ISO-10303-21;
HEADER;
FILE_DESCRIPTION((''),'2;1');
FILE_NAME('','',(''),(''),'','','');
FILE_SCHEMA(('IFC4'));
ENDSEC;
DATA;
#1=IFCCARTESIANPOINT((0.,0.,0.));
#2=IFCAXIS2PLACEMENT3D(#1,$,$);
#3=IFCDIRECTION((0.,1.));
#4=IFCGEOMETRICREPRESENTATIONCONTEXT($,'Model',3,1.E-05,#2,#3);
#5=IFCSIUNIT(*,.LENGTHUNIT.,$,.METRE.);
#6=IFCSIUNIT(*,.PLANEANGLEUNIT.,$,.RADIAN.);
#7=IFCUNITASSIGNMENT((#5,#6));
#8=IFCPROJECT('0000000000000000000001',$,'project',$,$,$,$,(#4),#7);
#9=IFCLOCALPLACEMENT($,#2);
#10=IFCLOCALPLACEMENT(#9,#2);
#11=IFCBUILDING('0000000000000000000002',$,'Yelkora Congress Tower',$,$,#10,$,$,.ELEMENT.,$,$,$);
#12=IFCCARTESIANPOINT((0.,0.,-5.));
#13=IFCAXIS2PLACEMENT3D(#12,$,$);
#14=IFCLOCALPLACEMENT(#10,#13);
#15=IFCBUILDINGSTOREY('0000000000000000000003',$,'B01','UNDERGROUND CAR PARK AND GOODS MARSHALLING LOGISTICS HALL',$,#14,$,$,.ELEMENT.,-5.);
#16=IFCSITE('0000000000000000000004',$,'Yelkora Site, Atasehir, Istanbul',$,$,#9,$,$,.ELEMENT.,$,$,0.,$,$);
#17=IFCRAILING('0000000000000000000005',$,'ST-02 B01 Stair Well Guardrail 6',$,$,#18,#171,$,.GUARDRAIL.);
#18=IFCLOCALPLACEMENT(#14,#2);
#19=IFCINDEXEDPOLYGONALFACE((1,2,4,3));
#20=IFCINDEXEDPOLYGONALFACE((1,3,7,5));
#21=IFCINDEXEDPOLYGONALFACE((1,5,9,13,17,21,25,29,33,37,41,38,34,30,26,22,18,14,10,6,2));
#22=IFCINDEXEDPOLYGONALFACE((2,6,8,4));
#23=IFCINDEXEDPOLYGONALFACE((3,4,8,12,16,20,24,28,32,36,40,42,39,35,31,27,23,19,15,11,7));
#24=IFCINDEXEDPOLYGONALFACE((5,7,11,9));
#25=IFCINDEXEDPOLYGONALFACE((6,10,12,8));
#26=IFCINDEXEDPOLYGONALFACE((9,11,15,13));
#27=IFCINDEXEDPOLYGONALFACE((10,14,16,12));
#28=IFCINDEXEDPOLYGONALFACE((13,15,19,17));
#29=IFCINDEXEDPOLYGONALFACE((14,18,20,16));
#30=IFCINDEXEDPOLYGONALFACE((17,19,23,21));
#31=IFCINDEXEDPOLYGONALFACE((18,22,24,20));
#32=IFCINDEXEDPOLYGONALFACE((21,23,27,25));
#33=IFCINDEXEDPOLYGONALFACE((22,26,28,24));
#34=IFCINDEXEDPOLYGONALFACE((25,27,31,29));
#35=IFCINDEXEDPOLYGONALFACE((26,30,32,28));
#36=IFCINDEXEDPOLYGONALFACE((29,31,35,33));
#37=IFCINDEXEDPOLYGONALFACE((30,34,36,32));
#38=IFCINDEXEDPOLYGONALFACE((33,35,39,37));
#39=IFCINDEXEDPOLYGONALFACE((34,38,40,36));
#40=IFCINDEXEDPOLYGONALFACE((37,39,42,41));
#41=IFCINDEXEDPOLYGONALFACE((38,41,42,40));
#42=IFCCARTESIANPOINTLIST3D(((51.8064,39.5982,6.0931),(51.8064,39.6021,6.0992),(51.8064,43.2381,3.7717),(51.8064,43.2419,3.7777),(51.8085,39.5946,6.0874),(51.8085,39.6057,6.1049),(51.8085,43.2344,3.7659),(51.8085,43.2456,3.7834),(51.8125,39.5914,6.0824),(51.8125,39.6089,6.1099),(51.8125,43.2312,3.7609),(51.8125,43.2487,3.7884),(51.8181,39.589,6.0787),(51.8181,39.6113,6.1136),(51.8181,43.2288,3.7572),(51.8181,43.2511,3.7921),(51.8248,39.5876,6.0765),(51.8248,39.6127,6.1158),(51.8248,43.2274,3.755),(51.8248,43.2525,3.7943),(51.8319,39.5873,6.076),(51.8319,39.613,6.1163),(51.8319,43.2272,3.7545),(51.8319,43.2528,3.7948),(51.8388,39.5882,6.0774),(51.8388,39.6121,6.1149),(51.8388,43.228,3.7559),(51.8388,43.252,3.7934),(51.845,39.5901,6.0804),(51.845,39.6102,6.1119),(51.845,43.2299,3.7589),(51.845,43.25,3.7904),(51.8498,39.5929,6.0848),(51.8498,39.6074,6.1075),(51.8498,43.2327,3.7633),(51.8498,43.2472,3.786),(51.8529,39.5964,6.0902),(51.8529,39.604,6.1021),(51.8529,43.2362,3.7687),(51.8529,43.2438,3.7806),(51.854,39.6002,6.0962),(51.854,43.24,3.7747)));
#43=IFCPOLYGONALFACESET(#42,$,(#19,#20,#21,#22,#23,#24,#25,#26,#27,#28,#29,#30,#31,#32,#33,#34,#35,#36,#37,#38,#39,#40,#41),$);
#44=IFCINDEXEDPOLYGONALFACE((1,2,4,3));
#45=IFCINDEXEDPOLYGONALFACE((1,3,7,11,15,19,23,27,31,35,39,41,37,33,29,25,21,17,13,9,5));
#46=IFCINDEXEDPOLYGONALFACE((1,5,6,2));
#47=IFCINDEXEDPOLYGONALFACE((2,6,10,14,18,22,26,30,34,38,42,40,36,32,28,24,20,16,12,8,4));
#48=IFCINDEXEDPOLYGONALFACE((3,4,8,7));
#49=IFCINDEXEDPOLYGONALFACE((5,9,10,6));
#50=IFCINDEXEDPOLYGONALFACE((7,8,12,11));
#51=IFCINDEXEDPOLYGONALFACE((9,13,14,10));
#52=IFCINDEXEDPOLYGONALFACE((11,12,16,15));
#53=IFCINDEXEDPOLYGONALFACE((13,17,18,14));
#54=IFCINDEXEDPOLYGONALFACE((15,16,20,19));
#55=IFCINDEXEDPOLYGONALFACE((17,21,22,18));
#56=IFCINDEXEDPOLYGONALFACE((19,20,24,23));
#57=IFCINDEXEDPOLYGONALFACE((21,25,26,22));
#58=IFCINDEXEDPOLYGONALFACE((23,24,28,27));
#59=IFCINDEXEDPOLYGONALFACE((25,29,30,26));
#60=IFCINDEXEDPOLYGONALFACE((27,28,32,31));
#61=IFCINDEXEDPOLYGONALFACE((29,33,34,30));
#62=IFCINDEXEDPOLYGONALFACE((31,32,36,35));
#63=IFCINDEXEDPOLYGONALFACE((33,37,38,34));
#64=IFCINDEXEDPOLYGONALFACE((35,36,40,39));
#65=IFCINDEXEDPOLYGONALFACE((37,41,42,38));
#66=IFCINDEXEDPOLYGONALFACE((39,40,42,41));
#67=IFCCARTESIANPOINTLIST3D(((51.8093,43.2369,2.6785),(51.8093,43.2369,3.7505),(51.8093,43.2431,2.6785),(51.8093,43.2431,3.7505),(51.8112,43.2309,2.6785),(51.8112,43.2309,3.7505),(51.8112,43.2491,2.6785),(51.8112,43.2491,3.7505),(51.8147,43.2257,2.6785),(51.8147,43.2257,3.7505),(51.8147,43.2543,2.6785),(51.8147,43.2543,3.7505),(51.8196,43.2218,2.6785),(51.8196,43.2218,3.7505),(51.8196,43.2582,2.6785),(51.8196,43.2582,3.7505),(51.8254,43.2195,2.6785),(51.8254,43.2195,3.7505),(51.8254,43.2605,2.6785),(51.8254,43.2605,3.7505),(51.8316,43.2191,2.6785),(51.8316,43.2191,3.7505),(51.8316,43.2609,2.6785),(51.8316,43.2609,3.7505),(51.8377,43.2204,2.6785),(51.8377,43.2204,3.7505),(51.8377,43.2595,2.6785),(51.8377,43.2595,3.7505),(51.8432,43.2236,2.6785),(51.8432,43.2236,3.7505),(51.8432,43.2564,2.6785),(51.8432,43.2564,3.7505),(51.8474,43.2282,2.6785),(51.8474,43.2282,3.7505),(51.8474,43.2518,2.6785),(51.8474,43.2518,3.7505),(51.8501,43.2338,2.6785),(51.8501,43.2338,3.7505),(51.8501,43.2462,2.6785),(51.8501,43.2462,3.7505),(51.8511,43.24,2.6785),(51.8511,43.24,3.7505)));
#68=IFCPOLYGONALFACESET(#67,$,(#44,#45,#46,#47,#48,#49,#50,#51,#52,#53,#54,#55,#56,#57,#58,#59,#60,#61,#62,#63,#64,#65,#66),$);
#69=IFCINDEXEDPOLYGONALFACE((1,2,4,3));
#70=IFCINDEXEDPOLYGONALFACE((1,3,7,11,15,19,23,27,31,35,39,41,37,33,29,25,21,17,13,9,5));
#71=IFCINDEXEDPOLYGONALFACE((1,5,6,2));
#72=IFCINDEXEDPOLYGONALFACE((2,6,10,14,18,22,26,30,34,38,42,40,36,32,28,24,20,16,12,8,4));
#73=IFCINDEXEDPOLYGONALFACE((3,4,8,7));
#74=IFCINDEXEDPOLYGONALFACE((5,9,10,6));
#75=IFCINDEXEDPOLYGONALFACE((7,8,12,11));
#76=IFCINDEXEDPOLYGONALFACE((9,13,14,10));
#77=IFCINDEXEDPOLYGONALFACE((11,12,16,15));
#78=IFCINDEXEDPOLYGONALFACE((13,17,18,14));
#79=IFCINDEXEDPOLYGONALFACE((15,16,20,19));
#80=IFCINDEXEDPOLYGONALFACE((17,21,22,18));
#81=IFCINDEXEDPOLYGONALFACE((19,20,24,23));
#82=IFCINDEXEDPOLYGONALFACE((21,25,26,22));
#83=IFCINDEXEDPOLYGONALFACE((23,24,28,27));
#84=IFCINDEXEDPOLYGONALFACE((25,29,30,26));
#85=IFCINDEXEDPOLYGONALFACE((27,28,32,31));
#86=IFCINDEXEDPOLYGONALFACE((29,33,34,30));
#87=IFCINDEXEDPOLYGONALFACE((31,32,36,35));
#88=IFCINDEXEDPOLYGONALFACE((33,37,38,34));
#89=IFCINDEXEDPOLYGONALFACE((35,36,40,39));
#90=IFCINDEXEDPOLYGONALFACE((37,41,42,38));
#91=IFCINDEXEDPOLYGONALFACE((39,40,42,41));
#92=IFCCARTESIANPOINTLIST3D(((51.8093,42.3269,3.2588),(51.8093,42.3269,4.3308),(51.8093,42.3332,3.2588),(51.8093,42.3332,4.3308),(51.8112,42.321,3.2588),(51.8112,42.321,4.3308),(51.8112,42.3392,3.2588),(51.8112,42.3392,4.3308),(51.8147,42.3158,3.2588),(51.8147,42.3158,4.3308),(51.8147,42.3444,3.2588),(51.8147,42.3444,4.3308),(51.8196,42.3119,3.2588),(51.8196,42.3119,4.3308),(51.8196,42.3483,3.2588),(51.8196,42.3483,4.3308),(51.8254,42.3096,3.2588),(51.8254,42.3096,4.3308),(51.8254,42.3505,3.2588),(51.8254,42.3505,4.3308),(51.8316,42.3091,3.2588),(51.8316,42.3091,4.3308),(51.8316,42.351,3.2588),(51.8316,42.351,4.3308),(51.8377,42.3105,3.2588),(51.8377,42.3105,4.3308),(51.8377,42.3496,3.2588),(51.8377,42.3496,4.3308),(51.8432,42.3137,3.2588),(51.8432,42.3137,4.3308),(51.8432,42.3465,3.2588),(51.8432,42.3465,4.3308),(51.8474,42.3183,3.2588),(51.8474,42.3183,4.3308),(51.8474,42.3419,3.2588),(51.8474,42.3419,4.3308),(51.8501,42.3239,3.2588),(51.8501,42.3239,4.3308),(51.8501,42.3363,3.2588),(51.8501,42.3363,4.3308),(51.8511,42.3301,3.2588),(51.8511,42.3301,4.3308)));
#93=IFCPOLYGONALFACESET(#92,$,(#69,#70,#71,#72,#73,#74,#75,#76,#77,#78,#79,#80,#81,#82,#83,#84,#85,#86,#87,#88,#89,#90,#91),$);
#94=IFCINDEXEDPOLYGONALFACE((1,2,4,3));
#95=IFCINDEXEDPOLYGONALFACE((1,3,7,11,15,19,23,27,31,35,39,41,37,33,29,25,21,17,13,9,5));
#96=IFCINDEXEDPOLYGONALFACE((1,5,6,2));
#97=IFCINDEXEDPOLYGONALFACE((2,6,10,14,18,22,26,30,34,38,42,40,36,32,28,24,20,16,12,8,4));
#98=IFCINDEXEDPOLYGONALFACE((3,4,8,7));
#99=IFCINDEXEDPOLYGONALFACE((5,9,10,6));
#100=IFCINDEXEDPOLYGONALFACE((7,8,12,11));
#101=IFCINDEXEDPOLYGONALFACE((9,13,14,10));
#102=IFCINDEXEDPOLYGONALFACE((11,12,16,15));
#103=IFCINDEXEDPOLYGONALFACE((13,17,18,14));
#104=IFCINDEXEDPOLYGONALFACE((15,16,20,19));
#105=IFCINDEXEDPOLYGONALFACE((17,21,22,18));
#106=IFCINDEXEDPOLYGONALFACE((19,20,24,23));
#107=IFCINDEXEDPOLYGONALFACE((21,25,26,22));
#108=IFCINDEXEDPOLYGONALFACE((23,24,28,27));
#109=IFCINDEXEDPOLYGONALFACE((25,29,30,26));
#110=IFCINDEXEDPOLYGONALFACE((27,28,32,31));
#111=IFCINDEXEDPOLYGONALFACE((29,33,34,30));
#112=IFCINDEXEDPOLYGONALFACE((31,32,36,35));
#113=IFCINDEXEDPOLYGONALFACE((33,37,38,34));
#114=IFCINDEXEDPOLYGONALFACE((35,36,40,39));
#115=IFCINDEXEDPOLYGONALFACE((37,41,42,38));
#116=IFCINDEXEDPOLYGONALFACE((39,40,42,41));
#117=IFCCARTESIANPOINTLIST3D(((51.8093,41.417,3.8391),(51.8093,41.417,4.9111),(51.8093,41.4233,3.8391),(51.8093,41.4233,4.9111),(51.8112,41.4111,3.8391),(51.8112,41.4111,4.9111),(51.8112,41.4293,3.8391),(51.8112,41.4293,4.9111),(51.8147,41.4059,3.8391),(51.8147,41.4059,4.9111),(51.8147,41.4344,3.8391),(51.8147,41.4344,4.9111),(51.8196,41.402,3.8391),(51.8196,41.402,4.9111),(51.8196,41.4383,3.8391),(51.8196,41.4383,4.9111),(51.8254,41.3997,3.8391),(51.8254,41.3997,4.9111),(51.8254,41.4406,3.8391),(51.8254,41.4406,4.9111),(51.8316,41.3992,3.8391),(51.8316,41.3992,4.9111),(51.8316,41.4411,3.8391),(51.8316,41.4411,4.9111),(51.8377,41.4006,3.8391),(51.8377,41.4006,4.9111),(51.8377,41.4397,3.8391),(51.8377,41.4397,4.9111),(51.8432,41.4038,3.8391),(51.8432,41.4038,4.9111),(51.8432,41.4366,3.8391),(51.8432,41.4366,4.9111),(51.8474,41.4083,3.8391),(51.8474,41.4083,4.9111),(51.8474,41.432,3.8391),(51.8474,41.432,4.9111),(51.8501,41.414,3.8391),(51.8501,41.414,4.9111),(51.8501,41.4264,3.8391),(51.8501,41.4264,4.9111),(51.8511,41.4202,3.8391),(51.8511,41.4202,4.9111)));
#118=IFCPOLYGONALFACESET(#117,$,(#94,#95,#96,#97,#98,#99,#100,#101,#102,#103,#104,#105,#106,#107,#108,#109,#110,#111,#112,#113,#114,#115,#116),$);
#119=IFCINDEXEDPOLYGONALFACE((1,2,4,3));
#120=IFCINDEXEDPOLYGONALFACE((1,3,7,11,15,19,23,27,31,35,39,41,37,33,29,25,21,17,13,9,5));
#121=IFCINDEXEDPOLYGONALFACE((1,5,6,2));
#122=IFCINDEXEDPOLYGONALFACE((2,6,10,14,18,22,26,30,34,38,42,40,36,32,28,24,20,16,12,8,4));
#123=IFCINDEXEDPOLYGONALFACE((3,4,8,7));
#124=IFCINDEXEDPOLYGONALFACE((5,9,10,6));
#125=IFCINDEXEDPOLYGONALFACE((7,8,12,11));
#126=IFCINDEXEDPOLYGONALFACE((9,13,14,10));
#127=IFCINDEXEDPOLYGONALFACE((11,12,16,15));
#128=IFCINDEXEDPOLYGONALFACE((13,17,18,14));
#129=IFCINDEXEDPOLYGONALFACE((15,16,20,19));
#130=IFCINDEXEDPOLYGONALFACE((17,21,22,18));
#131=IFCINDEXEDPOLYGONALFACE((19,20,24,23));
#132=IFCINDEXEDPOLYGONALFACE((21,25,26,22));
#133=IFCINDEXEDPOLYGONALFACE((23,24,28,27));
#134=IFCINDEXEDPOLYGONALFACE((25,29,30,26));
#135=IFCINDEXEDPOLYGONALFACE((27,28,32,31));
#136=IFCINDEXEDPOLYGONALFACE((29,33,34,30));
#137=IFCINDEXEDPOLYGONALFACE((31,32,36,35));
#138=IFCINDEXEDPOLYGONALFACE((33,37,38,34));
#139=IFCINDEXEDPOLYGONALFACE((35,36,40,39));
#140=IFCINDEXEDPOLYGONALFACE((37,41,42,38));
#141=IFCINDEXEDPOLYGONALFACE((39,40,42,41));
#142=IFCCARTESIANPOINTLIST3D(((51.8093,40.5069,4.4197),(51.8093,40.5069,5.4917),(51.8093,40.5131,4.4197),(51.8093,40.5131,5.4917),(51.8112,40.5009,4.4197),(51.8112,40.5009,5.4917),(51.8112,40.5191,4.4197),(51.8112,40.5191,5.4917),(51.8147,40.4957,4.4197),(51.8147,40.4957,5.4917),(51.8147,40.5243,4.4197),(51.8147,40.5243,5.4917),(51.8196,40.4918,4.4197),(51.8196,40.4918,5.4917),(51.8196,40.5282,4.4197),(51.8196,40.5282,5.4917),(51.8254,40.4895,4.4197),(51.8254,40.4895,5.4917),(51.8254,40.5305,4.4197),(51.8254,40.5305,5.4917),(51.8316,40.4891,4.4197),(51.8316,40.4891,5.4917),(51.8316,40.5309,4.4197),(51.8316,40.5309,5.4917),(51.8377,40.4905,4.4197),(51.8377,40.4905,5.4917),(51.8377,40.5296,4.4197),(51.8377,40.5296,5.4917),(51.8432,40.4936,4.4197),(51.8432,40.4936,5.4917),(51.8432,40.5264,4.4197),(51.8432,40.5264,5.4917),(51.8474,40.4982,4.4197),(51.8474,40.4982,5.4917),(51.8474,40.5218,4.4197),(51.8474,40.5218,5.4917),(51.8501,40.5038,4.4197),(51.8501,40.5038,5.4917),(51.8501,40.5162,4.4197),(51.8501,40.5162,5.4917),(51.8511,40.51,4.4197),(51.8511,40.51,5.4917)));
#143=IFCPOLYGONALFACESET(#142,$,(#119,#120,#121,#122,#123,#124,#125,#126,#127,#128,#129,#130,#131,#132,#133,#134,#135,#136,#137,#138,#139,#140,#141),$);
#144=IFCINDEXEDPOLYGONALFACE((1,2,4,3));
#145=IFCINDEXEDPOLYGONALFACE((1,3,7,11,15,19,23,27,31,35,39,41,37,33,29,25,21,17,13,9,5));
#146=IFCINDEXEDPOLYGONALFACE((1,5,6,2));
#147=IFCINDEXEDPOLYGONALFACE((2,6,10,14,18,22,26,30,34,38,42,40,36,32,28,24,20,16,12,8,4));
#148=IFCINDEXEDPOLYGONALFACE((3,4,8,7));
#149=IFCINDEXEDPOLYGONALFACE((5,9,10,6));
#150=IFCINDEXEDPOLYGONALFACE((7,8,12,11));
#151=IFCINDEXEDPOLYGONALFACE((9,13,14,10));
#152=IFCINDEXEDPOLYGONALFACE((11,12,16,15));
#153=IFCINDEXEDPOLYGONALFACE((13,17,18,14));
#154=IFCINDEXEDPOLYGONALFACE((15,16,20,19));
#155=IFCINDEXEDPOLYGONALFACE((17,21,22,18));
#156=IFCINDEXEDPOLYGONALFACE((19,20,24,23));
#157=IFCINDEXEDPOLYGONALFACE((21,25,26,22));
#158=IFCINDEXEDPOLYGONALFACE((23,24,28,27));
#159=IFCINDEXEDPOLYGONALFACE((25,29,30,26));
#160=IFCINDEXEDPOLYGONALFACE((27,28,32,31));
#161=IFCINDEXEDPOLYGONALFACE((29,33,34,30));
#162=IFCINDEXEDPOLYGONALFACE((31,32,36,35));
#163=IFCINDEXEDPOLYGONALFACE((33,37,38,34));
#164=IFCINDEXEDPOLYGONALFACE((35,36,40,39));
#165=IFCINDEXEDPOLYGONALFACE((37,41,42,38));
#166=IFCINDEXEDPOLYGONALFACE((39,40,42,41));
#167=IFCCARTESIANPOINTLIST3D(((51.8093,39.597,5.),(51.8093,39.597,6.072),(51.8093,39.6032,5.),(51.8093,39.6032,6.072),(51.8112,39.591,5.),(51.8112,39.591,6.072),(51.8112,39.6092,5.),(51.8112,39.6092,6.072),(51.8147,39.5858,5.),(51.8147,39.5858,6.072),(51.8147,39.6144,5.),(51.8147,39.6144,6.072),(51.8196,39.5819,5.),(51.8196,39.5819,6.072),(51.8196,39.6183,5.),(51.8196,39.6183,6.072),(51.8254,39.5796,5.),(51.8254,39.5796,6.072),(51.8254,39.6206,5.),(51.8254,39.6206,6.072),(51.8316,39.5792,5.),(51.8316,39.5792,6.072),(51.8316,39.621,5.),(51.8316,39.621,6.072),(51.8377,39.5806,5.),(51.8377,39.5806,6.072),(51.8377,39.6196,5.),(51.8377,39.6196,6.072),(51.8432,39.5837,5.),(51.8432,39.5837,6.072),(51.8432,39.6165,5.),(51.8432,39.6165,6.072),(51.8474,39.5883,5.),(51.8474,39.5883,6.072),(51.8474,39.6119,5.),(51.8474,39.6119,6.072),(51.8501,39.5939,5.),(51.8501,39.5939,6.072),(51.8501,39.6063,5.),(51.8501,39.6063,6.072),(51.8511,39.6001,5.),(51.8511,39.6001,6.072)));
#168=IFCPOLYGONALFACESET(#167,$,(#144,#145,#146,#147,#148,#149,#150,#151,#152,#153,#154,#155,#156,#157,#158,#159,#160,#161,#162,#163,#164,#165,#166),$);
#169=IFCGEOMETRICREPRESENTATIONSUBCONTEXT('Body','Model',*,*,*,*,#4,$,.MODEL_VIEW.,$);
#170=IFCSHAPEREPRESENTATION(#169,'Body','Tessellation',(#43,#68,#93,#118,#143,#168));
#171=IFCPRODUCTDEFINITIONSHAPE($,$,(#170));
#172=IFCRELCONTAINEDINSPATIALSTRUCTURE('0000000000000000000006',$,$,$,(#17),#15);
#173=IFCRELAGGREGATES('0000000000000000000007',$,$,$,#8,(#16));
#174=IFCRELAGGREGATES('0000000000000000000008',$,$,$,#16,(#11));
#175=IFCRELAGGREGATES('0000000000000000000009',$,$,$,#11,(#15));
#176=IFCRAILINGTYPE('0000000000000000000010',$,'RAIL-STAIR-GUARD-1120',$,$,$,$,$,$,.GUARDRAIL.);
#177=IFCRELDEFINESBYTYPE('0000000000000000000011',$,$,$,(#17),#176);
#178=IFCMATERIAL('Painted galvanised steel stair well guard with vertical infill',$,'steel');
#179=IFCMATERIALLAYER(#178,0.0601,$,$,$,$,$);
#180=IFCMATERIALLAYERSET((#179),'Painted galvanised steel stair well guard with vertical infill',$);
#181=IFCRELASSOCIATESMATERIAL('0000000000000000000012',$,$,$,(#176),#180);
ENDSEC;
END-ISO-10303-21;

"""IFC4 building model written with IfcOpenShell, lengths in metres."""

from ifc_helpers import new_model, si_unit, direction, frame, origin, origin_2d, place, context, subcontext, project, spatial, circle, extrude, material, layer, layer_set, type_object, element, save


model = new_model("IFC4")

# Units and contexts
model_context = context("Model", 3, precision=1e-05, world=origin(), true_north=direction((0.0, 1.0)))
body_context = subcontext(model_context, "Body", "Model", "MODEL_VIEW")
ifc_project = project(units=[si_unit("LENGTHUNIT", "METRE"), si_unit("PLANEANGLEUNIT", "RADIAN")], contexts=[model_context])

# Site, building, storey
site_placement = place(None, origin())
site = spatial("IfcSite", under=ifc_project, at=site_placement, Name="Yelkora Site, Atasehir, Istanbul", CompositionType="ELEMENT", RefElevation=0.0)
building_placement = place(site_placement, origin())
building = spatial("IfcBuilding", under=site, at=building_placement, Name="Yelkora Congress Tower", CompositionType="ELEMENT")
storey_placement = place(building_placement, frame((0.0, 0.0, -5.0)))
storey = spatial("IfcBuildingStorey", under=building, at=storey_placement, Name="B01", Description="UNDERGROUND CAR PARK AND GOODS MARSHALLING LOGISTICS HALL", CompositionType="ELEMENT", Elevation=-5.0)

# Railing
ifc_material_1 = material(Name="Painted galvanised steel stair well guard with vertical infill", Category="steel")
ifc_layer_1 = layer(ifc_material_1, 0.0601)
ifc_layer_set_1 = layer_set([ifc_layer_1], Name="Painted galvanised steel stair well guard with vertical infill")
railing_type_1 = type_object("IfcRailingType", Name="RAIL-STAIR-GUARD-1120", PredefinedType="GUARDRAIL", material=ifc_layer_set_1)
railing_1_placement = place(storey_placement, frame((51.8301, 43.24, 2.6785)))
element("IfcRailing", 1, at=railing_1_placement, inside=storey, type_object=railing_type_1, Name="ST-02 B01 Stair Well Guardrail 6", PredefinedType="GUARDRAIL", context=body_context, shape_type="SweptSolid", body=[
    extrude(circle(Radius=0.0239, at=origin_2d()), frame((0.0, 0.0, 1.0962), z_axis=(0.0, -0.843112, 0.537739), x_axis=(1.0, 0.0, 0.0)), (0.0, 0.0, 1.0), 4.3171),
    extrude(circle(Radius=0.021, at=origin_2d()), origin(), (0.0, 0.0, 1.0), 1.072),
    extrude(circle(Radius=0.021, at=origin_2d()), frame((0.0, -0.9099, 0.5803)), (0.0, 0.0, 1.0), 1.072),
    extrude(circle(Radius=0.021, at=origin_2d()), frame((0.0, -1.8198, 1.1606)), (0.0, 0.0, 1.0), 1.072),
    extrude(circle(Radius=0.021, at=origin_2d()), frame((0.0, -2.73, 1.7412)), (0.0, 0.0, 1.0), 1.072),
    extrude(circle(Radius=0.021, at=origin_2d()), frame((0.0, -3.6399, 2.3215)), (0.0, 0.0, 1.0), 1.072),
])

save(model, "model.ifc")
